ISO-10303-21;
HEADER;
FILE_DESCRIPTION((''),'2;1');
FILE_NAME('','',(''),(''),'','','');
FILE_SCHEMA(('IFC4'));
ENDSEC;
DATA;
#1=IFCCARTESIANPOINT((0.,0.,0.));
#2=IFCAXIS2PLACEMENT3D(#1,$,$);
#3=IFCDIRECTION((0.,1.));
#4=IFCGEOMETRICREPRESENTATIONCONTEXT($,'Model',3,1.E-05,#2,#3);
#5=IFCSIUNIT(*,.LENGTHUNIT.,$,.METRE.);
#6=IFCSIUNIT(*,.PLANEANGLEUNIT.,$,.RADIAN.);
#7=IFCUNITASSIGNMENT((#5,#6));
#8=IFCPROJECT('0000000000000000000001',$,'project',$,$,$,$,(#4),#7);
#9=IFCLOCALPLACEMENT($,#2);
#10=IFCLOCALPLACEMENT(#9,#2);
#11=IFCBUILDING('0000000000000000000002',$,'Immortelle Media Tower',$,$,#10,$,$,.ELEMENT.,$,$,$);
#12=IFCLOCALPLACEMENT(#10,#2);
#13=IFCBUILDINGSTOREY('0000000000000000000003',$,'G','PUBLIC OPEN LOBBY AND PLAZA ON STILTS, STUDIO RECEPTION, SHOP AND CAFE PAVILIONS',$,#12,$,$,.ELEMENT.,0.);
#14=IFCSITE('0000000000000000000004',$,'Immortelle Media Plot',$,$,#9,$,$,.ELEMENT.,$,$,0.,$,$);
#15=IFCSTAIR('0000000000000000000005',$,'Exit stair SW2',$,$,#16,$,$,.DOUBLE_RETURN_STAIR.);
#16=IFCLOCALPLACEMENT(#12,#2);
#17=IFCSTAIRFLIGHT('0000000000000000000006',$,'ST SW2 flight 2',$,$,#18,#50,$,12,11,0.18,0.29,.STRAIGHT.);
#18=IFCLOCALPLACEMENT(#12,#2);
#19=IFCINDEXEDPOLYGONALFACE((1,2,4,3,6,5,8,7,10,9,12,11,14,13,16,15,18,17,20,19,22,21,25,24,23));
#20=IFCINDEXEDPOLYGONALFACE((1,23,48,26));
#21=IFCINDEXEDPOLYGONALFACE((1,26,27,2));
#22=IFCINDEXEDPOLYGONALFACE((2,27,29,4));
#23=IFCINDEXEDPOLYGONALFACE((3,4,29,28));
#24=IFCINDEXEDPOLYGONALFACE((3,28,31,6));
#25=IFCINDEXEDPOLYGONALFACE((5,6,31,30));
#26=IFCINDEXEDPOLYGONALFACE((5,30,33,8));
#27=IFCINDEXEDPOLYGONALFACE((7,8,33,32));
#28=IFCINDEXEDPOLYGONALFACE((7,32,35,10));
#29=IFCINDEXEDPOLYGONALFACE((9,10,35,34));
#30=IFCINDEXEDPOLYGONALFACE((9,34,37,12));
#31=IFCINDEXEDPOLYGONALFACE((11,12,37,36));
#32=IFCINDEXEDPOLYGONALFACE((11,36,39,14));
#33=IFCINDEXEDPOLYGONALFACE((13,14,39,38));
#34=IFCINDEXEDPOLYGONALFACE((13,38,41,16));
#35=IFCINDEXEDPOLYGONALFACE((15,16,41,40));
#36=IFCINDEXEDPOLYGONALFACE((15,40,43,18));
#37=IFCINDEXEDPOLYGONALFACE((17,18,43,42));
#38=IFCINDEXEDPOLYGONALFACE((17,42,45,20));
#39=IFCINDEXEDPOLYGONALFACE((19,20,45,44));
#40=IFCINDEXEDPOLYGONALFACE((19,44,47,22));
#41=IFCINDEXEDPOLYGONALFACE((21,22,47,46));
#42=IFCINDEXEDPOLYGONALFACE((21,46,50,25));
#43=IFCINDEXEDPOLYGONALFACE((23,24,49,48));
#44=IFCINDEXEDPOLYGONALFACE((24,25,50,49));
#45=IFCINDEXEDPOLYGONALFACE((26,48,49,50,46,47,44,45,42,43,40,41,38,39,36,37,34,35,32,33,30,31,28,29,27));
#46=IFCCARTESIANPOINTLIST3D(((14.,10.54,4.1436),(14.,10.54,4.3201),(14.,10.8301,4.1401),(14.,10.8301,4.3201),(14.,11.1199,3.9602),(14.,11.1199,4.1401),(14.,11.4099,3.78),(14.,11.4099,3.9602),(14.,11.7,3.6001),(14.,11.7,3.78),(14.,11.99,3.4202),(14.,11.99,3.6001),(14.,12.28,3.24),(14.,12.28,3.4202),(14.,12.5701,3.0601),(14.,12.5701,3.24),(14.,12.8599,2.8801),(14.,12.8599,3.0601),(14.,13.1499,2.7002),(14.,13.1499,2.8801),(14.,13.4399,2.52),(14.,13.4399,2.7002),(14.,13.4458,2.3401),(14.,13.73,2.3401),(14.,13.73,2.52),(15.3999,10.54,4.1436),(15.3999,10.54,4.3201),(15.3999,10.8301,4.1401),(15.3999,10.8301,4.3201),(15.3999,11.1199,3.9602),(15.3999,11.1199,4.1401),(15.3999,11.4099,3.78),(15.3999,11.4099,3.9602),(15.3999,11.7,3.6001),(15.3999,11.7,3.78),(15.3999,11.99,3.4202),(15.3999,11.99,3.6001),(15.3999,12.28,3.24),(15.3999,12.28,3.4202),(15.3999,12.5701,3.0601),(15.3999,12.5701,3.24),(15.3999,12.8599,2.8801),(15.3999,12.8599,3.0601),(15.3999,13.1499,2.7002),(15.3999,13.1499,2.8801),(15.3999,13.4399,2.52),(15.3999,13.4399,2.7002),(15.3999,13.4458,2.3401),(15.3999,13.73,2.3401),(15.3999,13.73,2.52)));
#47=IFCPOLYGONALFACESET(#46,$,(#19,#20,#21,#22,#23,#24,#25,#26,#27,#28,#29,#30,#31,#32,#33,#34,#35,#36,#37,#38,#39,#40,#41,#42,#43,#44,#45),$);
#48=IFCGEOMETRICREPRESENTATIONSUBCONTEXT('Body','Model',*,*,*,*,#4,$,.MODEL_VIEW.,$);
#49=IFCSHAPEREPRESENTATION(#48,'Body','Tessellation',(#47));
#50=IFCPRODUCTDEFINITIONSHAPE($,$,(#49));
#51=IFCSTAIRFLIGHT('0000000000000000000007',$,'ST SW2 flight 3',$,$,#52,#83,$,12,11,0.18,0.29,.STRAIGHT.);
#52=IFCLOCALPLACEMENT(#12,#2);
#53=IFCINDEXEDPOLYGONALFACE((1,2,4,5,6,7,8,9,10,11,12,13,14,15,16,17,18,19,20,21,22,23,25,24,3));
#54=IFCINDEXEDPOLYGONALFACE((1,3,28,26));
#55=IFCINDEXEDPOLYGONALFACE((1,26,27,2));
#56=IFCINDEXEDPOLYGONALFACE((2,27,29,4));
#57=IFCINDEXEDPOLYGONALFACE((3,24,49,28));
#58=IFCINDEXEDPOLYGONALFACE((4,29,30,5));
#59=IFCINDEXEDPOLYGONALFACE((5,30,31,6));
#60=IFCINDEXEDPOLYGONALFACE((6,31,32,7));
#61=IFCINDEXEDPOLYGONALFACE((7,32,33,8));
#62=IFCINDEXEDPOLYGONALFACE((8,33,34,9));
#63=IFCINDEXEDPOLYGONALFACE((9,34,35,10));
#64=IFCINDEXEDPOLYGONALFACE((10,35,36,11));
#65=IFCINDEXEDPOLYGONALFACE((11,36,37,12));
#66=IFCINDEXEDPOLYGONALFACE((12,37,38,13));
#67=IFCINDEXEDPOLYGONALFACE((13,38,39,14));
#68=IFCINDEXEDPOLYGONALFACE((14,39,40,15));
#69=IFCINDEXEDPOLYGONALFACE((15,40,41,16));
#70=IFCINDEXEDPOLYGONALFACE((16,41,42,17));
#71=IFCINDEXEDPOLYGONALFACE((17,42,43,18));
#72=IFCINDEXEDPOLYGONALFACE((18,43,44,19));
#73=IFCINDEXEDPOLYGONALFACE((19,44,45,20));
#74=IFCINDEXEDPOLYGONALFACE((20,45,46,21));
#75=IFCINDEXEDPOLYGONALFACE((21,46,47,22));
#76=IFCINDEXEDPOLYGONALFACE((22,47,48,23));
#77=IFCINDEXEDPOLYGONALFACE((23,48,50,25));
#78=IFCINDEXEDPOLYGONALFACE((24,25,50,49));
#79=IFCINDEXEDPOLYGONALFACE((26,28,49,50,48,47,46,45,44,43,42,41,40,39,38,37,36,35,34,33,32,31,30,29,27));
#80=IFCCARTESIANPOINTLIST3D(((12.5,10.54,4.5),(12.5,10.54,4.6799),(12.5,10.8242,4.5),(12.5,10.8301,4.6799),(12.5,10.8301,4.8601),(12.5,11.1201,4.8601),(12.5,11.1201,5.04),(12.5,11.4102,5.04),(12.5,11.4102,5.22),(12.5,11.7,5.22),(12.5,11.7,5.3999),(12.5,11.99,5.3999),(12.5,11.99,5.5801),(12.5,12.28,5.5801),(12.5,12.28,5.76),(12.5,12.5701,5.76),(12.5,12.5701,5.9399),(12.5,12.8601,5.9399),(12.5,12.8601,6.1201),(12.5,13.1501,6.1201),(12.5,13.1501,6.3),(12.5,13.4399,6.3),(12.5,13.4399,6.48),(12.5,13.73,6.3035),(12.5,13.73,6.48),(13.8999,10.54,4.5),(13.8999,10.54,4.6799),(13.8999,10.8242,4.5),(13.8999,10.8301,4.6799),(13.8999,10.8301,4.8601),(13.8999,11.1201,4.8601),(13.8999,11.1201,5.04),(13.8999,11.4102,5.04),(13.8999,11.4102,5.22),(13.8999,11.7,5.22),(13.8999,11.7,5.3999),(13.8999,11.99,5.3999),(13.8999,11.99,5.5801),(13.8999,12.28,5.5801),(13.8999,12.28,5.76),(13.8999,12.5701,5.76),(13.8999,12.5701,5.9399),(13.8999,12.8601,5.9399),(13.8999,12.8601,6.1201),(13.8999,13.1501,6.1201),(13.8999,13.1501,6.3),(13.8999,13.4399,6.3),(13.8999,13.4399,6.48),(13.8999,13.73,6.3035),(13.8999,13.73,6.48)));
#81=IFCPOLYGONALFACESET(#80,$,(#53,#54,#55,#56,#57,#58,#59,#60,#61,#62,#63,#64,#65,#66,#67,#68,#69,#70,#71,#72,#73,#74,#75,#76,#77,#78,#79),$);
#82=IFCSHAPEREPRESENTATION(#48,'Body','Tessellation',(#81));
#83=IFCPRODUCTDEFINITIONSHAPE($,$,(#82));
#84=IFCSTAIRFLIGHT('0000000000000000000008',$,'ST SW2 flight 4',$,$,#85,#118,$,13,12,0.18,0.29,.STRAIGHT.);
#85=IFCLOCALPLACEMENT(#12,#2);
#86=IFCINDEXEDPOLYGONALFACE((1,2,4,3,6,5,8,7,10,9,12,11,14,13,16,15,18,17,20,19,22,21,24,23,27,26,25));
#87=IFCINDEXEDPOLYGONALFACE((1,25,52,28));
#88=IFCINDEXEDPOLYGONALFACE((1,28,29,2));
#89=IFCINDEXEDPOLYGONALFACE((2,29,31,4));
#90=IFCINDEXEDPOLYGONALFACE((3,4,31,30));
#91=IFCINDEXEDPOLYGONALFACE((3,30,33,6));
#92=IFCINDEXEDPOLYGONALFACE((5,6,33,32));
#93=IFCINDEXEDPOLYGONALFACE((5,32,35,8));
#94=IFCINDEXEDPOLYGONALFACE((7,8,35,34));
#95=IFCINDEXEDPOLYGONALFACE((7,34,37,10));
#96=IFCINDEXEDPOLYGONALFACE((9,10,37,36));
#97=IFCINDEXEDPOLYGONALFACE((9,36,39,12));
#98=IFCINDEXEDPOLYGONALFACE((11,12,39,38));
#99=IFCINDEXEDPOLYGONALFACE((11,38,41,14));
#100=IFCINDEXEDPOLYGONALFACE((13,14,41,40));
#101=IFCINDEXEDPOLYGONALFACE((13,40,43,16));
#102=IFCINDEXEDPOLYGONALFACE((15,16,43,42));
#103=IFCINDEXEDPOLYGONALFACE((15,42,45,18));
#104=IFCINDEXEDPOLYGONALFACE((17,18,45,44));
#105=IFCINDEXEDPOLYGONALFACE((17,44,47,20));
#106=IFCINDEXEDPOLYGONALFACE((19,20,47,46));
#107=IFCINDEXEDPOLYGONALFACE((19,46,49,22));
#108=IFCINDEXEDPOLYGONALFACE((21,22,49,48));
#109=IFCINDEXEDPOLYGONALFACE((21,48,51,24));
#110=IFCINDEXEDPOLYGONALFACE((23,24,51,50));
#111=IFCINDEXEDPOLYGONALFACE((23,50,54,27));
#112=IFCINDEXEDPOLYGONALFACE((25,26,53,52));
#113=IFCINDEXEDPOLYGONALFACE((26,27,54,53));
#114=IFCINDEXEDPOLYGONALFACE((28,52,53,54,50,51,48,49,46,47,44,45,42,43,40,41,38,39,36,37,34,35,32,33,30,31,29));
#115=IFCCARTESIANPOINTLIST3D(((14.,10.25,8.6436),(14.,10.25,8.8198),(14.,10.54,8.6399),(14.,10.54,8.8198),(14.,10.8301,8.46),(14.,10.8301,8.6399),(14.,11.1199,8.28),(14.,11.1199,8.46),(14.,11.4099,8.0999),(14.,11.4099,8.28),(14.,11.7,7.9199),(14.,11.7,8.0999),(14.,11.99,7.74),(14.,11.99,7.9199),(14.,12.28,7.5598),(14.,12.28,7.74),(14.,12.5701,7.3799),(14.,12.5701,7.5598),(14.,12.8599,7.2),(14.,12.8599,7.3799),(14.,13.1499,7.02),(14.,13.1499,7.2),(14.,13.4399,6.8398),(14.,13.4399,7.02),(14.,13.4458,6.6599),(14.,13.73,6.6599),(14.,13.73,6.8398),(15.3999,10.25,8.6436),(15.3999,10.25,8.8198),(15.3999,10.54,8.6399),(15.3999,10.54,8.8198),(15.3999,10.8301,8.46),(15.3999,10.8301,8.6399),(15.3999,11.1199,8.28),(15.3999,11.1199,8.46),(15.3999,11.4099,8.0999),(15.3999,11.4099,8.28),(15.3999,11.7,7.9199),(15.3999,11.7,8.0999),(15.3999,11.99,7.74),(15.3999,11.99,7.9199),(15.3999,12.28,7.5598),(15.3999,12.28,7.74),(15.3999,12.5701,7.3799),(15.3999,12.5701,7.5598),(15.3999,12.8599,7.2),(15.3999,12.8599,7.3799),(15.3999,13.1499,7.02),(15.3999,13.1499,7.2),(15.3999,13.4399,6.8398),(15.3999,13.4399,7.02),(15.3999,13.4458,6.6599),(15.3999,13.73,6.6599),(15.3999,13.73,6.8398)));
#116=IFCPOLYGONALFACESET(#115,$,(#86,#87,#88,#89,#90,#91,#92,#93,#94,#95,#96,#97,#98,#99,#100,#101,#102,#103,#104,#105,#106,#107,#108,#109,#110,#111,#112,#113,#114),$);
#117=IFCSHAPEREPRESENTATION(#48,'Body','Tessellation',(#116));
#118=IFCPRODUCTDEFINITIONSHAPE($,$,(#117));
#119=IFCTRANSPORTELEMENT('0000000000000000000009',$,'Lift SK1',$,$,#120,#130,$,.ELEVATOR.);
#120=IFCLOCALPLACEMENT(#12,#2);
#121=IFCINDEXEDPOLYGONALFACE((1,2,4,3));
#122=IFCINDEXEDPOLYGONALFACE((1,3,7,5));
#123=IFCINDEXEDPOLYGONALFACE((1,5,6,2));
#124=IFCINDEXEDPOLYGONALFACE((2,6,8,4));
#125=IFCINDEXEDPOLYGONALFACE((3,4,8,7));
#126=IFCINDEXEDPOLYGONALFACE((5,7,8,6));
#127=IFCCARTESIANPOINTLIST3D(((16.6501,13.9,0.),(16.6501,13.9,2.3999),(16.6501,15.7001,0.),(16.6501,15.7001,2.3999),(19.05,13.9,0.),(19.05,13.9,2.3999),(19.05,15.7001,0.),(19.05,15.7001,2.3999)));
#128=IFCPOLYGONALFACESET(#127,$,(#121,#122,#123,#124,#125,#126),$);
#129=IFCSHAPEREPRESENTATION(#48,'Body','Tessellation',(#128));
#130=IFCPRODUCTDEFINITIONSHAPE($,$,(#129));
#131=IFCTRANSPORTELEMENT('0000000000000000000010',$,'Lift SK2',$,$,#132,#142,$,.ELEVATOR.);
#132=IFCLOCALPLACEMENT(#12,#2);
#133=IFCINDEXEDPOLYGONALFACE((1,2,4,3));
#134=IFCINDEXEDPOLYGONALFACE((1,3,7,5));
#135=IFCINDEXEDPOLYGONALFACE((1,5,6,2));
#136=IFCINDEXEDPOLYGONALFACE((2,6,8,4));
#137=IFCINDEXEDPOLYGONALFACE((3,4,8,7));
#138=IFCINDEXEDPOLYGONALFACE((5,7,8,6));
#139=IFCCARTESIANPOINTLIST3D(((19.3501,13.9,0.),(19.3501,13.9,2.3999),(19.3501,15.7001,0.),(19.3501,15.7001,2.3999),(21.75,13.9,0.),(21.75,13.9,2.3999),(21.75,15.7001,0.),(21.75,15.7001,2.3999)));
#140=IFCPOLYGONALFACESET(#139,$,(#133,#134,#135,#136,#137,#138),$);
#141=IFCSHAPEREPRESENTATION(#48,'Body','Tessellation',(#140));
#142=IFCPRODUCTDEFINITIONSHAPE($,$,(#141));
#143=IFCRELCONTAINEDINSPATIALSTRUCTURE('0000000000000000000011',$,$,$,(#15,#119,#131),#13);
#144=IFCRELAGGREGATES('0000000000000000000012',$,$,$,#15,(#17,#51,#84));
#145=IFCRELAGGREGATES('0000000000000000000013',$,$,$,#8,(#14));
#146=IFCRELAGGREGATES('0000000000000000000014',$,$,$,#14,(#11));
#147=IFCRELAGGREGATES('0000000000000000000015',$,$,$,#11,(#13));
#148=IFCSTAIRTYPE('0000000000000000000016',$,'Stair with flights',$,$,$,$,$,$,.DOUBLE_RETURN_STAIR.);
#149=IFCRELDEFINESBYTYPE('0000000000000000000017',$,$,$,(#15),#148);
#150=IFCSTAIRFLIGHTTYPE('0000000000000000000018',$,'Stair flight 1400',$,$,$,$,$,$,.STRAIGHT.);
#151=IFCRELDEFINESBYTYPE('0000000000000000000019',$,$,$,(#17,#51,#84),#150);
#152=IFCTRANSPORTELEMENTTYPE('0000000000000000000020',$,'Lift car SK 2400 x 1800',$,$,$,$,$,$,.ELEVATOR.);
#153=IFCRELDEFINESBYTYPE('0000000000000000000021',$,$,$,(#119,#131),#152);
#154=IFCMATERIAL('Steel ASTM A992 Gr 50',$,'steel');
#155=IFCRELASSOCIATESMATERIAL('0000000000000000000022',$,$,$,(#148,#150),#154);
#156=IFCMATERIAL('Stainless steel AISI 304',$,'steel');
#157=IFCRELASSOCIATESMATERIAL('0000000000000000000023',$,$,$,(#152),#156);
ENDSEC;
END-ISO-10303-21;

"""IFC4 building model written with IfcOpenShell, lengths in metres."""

from ifc_helpers import new_model, si_unit, direction, frame, origin, origin_2d, place, context, subcontext, project, spatial, polyline, rectangle, outline, extrude, material, type_object, element, aggregate, save


model = new_model("IFC4")

# Units and contexts
model_context = context("Model", 3, precision=1e-05, world=origin(), true_north=direction((0.0, 1.0)))
body_context = subcontext(model_context, "Body", "Model", "MODEL_VIEW")
ifc_project = project(units=[si_unit("LENGTHUNIT", "METRE"), si_unit("PLANEANGLEUNIT", "RADIAN")], contexts=[model_context])

# Site, building, storey
site_placement = place(None, origin())
site = spatial("IfcSite", under=ifc_project, at=site_placement, Name="Immortelle Media Plot", CompositionType="ELEMENT", RefElevation=0.0)
building_placement = place(site_placement, origin())
building = spatial("IfcBuilding", under=site, at=building_placement, Name="Immortelle Media Tower", CompositionType="ELEMENT")
storey_placement = place(building_placement, origin())
storey = spatial("IfcBuildingStorey", under=building, at=storey_placement, Name="G", Description="PUBLIC OPEN LOBBY AND PLAZA ON STILTS, STUDIO RECEPTION, SHOP AND CAFE PAVILIONS", CompositionType="ELEMENT", Elevation=0.0)

# Shared definitions
ifc_material_1 = material(Name="Steel ASTM A992 Gr 50", Category="steel")

# Shared definitions
ifc_material_2 = material(Name="Stainless steel AISI 304", Category="steel")

# Stair, stair flights
stair_type = type_object("IfcStairType", Name="Stair with flights", PredefinedType="DOUBLE_RETURN_STAIR", material=ifc_material_1)
stair_flight_type = type_object("IfcStairFlightType", Name="Stair flight 1400", PredefinedType="STRAIGHT", material=ifc_material_1)
stair_1_placement = place(storey_placement, origin())
stair_1 = element("IfcStair", 1, at=stair_1_placement, inside=storey, type_object=stair_type, Name="Exit stair SW2", PredefinedType="DOUBLE_RETURN_STAIR")
stair_flight_1_placement = place(storey_placement, frame((14.7, 13.73, 2.3401), z_axis=(0.0, 0.0, 1.0), x_axis=(0.0, -1.0, 0.0)))
stair_flight_1 = element("IfcStairFlight", 2, at=stair_flight_1_placement, type_object=stair_flight_type, Name="ST SW2 flight 2", NumberOfRisers=12, NumberOfTreads=11, PredefinedType="STRAIGHT", RiserHeight=0.18, TreadLength=0.29, context=body_context, shape_type="SweptSolid", body=[
    extrude(outline(polyline([(0.0, 0.0), (0.0, 0.1799), (0.29, 0.1799), (0.29, 0.3601), (0.5801, 0.3601), (0.5801, 0.54), (0.8701, 0.54), (0.8701, 0.72), (1.1599, 0.72), (1.1599, 0.8999), (1.45, 0.8999), (1.45, 1.0801), (1.74, 1.0801), (1.74, 1.26), (2.03, 1.26), (2.03, 1.4399), (2.3201, 1.4399), (2.3201, 1.6201), (2.6101, 1.6201), (2.6101, 1.8), (2.8999, 1.8), (2.8999, 1.98), (3.1899, 1.98), (3.1899, 2.1599), (3.1899, 1.8035), (0.2842, 0.0), (0.0, 0.0)])), frame((0.0, 0.7, 0.0), z_axis=(0.0, -1.0, 0.0), x_axis=(1.0, 0.0, 0.0)), (0.0, 0.0, 1.0), 1.3999),
])
stair_flight_2_placement = place(storey_placement, frame((13.2, 10.54, 4.5), z_axis=(0.0, 0.0, 1.0), x_axis=(0.0, 1.0, 0.0)))
stair_flight_2 = element("IfcStairFlight", 3, at=stair_flight_2_placement, type_object=stair_flight_type, Name="ST SW2 flight 3", NumberOfRisers=12, NumberOfTreads=11, PredefinedType="STRAIGHT", RiserHeight=0.18, TreadLength=0.29, context=body_context, shape_type="SweptSolid", body=[
    extrude(outline(polyline([(0.0, 0.0), (0.0, 0.1799), (0.29, 0.1799), (0.29, 0.3601), (0.5801, 0.3601), (0.5801, 0.54), (0.8701, 0.54), (0.8701, 0.72), (1.1599, 0.72), (1.1599, 0.8999), (1.45, 0.8999), (1.45, 1.0801), (1.74, 1.0801), (1.74, 1.26), (2.03, 1.26), (2.03, 1.4399), (2.3201, 1.4399), (2.3201, 1.6201), (2.6101, 1.6201), (2.6101, 1.8), (2.8999, 1.8), (2.8999, 1.98), (3.1899, 1.98), (3.1899, 2.1599), (3.1899, 1.8035), (0.2842, 0.0), (0.0, 0.0)])), frame((0.0, 0.7, 0.0), z_axis=(0.0, -1.0, 0.0), x_axis=(1.0, 0.0, 0.0)), (0.0, 0.0, 1.0), 1.3999),
])
stair_flight_3_placement = place(storey_placement, frame((14.7, 13.73, 6.6599), z_axis=(0.0, 0.0, 1.0), x_axis=(0.0, -1.0, 0.0)))
stair_flight_3 = element("IfcStairFlight", 4, at=stair_flight_3_placement, type_object=stair_flight_type, Name="ST SW2 flight 4", NumberOfRisers=13, NumberOfTreads=12, PredefinedType="STRAIGHT", RiserHeight=0.18, TreadLength=0.29, context=body_context, shape_type="SweptSolid", body=[
    extrude(outline(polyline([(0.0, 0.0), (0.0, 0.1799), (0.29, 0.1799), (0.29, 0.3601), (0.5801, 0.3601), (0.5801, 0.54), (0.8701, 0.54), (0.8701, 0.72), (1.1599, 0.72), (1.1599, 0.8999), (1.45, 0.8999), (1.45, 1.0801), (1.74, 1.0801), (1.74, 1.26), (2.03, 1.26), (2.03, 1.4399), (2.3201, 1.4399), (2.3201, 1.6201), (2.6101, 1.6201), (2.6101, 1.8), (2.8999, 1.8), (2.8999, 1.98), (3.1899, 1.98), (3.1899, 2.1599), (3.48, 2.1599), (3.48, 2.3401), (3.48, 1.9836), (0.2842, 0.0), (0.0, 0.0)])), frame((0.0, 0.7, 0.0), z_axis=(0.0, -1.0, 0.0), x_axis=(1.0, 0.0, 0.0)), (0.0, 0.0, 1.0), 1.3999),
])
aggregate(stair_1, [stair_flight_1, stair_flight_2, stair_flight_3])

# Transport elements
transport_element_type = type_object("IfcTransportElementType", Name="Lift car SK 2400 x 1800", PredefinedType="ELEVATOR", material=ifc_material_2)
for number, where, z_axis, x_axis, name in (
    (5, (17.8501, 14.8, 0.0), (0.0, 0.0, 1.0), (1.0, 0.0, 0.0), "Lift SK1"),
    (6, (20.55, 14.8, 0.0), (0.0, 0.0, 1.0), (1.0, 0.0, 0.0), "Lift SK2"),
):
    element("IfcTransportElement", number, at=place(storey_placement, frame(where, z_axis=z_axis, x_axis=x_axis)), inside=storey, type_object=transport_element_type, Name=name, PredefinedType="ELEVATOR", context=body_context, shape_type="SweptSolid", body=[
        extrude(rectangle(XDim=2.3999, YDim=1.8, at=origin_2d()), origin(), (0.0, 0.0, 1.0), 2.3999),
    ])

save(model, "model.ifc")
